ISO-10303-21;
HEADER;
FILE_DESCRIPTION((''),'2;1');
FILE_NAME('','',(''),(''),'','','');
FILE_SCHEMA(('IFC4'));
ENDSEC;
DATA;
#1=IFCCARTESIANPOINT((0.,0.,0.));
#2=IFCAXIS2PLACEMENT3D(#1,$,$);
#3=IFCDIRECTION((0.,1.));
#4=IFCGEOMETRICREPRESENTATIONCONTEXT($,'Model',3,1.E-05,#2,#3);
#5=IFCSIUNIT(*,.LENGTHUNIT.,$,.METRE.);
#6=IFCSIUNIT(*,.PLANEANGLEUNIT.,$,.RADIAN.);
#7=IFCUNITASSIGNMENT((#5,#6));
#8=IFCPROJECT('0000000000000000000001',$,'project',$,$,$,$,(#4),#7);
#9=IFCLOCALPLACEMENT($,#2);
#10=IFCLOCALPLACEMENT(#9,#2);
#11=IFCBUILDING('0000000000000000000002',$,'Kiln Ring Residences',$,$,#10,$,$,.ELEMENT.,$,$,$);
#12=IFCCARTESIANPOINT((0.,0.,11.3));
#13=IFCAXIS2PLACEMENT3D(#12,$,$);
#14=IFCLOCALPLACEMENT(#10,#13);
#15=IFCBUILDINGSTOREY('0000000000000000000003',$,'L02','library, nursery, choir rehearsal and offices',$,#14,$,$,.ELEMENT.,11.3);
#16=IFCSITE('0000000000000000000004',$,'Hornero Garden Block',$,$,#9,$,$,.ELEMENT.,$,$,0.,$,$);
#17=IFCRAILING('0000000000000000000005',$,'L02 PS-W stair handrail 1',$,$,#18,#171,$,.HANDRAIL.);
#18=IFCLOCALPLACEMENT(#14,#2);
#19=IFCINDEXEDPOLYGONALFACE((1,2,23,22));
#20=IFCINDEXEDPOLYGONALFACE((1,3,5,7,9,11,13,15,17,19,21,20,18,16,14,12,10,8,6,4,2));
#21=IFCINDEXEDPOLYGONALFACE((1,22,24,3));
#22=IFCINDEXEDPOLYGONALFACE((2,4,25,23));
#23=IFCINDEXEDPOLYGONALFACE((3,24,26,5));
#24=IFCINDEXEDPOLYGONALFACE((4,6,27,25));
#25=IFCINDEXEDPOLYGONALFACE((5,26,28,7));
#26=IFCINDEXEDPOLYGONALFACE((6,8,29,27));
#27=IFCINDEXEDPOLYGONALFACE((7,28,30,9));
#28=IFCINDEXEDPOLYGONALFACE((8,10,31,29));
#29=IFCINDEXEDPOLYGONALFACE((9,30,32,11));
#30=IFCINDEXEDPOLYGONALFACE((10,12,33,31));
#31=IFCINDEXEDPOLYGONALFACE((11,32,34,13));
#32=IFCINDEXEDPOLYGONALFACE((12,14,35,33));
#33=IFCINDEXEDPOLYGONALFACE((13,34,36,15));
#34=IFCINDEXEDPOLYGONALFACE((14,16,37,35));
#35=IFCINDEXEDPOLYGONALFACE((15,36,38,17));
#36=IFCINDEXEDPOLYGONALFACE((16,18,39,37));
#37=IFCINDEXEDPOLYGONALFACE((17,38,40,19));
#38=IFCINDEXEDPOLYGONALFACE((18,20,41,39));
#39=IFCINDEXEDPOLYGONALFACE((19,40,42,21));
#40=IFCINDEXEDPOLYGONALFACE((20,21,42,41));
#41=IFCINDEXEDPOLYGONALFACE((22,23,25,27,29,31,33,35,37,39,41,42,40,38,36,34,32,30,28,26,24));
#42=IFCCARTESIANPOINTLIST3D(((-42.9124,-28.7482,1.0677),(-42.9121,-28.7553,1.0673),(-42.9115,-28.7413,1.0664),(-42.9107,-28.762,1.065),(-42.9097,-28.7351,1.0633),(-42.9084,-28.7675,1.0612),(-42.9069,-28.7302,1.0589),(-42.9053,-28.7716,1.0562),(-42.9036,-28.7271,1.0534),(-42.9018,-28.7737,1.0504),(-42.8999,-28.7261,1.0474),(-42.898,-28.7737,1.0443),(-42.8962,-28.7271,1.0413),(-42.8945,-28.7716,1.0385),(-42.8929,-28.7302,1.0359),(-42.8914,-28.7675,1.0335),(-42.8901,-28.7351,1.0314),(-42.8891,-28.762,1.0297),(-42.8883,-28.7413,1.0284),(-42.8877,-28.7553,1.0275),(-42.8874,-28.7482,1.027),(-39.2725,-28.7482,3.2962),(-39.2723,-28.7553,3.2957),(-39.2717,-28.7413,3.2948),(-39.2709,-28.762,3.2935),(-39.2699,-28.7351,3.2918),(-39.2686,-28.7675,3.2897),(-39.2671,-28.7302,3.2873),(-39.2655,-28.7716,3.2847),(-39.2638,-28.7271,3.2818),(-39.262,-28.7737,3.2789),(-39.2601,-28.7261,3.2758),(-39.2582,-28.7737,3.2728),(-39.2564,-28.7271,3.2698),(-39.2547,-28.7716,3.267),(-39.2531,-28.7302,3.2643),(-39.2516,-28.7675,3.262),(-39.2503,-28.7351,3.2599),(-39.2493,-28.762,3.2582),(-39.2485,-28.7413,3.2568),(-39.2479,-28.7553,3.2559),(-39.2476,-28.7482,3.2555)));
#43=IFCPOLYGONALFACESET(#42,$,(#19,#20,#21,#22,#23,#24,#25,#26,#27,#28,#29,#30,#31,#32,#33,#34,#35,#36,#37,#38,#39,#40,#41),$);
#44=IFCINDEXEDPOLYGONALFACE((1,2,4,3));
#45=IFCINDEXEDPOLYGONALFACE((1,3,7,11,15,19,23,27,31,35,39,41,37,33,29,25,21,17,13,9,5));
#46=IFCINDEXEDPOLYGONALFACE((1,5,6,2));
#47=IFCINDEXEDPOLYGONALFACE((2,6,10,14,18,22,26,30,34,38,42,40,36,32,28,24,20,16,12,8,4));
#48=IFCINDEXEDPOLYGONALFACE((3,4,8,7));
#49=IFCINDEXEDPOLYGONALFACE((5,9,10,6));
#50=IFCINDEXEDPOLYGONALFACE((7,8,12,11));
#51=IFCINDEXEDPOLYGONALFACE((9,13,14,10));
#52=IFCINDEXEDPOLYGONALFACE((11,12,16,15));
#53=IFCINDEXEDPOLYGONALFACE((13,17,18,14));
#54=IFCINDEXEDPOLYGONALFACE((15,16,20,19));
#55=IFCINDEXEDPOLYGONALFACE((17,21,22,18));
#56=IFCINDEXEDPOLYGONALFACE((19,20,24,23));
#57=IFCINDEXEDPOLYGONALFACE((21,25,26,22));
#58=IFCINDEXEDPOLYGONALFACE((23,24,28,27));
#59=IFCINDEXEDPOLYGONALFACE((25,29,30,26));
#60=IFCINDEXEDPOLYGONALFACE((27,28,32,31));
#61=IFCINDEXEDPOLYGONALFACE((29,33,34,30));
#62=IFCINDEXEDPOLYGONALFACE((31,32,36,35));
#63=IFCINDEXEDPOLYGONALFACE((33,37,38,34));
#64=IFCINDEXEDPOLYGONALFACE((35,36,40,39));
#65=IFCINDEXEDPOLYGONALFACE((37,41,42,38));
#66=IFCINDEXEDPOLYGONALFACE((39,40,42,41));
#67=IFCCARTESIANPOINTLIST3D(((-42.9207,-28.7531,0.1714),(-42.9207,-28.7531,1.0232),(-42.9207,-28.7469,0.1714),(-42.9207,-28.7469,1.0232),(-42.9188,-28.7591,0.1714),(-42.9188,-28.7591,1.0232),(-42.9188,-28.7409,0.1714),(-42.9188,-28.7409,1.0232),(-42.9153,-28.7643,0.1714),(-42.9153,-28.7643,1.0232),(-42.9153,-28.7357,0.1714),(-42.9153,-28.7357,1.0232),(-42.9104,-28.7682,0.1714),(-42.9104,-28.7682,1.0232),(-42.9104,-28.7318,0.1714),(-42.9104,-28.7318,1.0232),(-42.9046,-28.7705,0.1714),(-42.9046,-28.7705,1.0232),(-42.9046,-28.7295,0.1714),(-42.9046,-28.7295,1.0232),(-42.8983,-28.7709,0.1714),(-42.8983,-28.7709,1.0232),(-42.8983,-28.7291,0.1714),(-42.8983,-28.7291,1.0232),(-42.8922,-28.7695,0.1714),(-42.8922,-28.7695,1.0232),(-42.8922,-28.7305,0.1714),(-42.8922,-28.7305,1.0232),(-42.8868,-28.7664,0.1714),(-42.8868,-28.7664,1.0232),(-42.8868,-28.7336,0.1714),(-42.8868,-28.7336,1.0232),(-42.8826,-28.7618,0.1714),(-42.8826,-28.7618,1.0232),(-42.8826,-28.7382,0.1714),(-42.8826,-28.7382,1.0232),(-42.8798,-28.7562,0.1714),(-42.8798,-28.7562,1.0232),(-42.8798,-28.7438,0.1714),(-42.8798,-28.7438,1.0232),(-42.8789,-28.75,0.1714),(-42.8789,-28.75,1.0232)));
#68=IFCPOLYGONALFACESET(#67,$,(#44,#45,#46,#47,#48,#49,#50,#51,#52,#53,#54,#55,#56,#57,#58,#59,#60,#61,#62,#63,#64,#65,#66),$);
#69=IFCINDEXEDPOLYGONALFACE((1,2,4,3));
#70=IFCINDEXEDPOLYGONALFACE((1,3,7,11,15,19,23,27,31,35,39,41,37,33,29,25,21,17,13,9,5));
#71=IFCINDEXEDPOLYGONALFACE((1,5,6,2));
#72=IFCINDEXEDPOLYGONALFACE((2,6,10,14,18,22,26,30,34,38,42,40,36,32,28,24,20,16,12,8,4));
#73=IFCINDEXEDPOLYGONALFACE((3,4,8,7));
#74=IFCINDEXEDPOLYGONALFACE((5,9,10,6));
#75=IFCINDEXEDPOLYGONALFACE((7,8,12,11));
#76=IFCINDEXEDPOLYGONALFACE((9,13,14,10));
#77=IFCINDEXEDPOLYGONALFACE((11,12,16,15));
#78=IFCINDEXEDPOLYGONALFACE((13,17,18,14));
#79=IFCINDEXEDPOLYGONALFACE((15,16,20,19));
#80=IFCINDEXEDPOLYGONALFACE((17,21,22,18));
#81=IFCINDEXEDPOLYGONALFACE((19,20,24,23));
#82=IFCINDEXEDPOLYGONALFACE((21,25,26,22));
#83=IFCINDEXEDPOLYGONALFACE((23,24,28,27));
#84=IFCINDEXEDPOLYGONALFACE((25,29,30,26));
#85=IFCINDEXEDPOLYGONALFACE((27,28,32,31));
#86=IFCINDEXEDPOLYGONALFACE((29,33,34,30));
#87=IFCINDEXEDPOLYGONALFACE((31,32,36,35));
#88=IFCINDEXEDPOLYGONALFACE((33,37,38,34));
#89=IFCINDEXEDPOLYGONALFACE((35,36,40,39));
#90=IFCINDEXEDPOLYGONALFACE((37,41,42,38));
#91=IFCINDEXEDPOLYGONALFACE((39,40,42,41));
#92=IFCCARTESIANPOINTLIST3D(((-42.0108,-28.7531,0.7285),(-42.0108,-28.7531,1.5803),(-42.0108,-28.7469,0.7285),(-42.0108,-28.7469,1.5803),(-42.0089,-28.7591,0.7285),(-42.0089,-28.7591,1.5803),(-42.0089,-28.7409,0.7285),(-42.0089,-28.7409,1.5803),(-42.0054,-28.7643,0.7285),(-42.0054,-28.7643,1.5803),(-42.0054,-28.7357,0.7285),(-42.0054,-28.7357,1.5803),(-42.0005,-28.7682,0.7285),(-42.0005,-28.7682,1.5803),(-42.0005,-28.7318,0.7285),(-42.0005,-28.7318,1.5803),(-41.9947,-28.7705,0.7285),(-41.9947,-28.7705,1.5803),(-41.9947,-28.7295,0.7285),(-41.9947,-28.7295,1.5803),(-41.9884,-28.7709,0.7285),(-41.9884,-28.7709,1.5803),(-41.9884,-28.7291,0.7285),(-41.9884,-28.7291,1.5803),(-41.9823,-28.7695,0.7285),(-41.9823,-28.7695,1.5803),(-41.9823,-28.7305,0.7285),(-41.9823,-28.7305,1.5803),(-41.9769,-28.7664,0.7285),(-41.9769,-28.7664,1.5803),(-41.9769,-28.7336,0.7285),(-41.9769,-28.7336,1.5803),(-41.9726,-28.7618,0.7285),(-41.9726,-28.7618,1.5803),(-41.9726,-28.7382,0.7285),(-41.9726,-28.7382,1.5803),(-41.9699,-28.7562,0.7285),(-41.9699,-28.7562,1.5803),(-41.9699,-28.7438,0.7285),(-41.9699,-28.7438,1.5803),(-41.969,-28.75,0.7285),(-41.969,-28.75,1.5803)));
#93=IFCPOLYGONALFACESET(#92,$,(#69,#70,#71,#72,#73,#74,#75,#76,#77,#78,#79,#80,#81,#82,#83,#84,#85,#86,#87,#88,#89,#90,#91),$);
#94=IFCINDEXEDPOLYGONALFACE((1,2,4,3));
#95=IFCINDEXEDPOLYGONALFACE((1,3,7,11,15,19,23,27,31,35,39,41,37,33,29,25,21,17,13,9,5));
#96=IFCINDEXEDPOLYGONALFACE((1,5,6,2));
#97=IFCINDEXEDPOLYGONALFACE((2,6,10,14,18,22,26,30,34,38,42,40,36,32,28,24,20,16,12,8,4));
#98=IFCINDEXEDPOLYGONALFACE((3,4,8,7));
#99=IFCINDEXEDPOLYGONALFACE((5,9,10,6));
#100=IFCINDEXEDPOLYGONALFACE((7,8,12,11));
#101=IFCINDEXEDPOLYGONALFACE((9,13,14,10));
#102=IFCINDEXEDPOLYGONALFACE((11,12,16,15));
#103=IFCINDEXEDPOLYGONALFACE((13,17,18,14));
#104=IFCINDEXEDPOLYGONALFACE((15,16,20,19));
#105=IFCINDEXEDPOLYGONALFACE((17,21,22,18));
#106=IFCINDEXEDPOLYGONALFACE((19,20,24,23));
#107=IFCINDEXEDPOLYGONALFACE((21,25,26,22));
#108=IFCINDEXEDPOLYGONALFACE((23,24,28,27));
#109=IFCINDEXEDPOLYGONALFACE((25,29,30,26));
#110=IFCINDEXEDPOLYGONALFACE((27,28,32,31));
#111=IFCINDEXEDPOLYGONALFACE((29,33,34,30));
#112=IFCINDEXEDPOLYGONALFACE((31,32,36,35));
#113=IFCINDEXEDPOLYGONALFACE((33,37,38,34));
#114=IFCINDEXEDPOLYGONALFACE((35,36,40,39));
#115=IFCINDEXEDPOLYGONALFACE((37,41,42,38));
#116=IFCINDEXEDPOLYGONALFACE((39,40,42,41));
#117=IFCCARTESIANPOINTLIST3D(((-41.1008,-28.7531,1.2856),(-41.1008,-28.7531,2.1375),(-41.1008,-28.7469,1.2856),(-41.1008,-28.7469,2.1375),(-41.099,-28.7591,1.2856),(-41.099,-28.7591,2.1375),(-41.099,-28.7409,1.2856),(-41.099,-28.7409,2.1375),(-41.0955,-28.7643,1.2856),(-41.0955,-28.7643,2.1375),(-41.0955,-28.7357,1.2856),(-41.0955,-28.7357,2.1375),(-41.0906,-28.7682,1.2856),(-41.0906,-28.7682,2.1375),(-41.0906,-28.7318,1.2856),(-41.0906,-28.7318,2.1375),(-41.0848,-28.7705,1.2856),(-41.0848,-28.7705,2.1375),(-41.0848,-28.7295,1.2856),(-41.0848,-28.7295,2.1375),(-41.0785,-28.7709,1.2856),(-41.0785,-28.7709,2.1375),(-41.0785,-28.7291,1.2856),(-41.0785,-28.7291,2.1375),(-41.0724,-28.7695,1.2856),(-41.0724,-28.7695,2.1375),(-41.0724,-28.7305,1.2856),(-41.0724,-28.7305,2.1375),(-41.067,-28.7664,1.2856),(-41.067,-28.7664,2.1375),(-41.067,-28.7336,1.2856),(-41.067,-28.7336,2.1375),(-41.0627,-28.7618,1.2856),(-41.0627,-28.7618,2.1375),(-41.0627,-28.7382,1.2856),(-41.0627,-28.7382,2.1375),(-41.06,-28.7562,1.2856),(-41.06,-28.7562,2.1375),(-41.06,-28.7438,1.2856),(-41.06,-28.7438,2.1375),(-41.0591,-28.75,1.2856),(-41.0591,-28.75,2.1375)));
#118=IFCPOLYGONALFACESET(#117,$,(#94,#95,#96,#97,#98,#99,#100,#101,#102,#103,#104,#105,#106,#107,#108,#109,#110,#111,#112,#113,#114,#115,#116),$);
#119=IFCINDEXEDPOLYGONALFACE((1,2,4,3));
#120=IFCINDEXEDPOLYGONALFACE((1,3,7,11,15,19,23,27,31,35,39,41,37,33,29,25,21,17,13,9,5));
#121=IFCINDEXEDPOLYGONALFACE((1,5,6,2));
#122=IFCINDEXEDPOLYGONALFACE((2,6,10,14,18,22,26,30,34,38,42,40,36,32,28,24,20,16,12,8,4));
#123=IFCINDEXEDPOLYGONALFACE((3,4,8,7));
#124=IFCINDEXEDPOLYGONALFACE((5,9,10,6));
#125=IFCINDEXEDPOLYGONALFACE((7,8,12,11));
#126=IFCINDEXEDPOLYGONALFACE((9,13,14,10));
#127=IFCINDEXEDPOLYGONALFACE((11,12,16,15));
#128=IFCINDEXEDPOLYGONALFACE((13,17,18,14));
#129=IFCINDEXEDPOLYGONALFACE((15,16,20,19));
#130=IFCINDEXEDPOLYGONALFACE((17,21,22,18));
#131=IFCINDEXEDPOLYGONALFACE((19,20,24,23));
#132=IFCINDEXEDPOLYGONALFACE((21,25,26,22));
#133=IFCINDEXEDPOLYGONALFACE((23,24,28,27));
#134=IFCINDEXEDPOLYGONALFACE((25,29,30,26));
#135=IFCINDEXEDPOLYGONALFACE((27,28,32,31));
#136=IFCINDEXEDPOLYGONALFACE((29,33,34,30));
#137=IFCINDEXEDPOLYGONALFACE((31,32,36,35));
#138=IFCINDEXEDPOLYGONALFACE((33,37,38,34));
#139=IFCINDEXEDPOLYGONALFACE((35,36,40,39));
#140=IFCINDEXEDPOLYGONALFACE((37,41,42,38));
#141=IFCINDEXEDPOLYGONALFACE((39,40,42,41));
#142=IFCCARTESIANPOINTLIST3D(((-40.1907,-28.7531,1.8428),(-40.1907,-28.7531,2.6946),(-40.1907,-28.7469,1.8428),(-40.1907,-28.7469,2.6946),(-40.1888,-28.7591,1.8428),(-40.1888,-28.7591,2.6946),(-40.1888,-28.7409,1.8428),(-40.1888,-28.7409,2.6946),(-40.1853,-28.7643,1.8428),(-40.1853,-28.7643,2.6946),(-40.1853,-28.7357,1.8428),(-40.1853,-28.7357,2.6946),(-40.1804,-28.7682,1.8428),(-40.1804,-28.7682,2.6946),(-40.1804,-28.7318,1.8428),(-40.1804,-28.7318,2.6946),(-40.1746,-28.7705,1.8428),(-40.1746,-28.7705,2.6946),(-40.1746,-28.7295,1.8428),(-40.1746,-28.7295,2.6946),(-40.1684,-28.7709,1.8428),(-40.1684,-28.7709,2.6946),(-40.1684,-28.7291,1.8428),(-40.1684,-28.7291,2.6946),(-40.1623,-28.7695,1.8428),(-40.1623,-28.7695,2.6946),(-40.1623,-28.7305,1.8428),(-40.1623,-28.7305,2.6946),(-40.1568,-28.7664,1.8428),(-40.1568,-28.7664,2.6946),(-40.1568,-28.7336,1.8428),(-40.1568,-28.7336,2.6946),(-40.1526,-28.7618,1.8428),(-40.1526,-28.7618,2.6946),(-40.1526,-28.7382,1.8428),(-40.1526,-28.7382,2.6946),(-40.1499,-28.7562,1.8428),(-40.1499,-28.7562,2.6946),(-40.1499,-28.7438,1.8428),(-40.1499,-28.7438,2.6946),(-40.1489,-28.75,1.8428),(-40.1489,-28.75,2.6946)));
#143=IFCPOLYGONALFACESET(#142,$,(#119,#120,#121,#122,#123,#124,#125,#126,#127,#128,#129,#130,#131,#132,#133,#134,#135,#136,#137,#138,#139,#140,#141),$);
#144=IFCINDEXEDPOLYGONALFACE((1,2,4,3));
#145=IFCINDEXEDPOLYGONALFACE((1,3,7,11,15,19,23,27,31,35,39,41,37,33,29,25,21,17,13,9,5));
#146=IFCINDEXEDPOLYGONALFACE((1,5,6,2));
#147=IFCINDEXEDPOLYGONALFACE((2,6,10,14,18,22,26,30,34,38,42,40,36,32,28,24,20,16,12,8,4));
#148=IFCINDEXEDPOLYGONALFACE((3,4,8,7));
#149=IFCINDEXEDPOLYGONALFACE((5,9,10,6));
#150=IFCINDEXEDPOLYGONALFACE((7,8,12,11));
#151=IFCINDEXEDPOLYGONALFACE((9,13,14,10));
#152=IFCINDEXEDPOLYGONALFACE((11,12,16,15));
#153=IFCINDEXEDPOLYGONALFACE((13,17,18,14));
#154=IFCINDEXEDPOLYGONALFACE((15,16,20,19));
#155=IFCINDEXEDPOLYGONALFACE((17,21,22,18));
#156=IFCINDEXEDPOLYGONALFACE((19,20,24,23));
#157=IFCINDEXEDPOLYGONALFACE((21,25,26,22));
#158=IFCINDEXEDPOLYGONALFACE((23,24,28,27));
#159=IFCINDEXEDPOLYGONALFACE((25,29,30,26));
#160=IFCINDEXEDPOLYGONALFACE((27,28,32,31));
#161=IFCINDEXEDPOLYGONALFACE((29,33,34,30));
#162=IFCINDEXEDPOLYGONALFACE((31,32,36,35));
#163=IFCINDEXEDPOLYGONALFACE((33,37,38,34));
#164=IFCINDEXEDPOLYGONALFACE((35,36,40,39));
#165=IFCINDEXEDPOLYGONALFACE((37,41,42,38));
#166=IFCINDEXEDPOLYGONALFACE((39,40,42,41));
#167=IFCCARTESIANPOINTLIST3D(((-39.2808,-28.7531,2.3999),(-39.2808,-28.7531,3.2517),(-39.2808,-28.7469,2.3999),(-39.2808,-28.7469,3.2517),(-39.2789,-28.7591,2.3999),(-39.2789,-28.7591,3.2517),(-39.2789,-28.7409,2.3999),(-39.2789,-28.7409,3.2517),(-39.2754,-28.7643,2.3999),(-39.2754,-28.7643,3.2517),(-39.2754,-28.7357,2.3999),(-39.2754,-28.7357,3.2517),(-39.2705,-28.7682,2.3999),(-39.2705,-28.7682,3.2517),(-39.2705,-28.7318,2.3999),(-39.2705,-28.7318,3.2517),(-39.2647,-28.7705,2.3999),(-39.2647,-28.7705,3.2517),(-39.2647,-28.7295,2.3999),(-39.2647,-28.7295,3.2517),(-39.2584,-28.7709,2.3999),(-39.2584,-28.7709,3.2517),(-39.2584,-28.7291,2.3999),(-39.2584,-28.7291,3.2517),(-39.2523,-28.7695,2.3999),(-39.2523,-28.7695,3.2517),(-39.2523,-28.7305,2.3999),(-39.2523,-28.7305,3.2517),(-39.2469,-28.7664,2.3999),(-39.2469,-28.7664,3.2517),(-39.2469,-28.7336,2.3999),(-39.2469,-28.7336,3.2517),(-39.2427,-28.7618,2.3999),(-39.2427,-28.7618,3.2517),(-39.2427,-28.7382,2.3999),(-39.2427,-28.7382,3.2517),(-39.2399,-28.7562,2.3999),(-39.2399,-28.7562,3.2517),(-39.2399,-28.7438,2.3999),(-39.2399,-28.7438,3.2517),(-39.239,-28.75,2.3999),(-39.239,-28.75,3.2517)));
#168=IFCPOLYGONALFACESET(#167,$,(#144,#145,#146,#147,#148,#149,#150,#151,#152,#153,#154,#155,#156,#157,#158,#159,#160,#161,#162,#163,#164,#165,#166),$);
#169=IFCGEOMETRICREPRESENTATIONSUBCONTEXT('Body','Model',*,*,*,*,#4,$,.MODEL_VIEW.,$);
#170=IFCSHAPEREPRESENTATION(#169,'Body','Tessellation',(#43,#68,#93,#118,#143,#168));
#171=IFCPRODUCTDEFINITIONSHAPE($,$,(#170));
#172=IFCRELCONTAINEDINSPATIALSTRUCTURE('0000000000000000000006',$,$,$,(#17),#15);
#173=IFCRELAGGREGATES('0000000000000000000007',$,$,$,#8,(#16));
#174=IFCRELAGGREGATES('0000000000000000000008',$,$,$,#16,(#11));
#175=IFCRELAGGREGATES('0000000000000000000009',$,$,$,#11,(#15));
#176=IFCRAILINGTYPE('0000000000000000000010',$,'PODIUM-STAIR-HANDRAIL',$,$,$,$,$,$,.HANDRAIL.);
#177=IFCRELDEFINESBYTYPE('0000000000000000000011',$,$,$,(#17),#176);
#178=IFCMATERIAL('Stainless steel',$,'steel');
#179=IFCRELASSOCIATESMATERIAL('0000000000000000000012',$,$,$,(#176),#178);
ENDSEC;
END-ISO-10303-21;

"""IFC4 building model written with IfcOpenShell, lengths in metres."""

from ifc_helpers import new_model, si_unit, direction, frame, origin, origin_2d, place, context, subcontext, project, spatial, circle, extrude, material, type_object, element, save


model = new_model("IFC4")

# Units and contexts
model_context = context("Model", 3, precision=1e-05, world=origin(), true_north=direction((0.0, 1.0)))
body_context = subcontext(model_context, "Body", "Model", "MODEL_VIEW")
ifc_project = project(units=[si_unit("LENGTHUNIT", "METRE"), si_unit("PLANEANGLEUNIT", "RADIAN")], contexts=[model_context])

# Site, building, storey
site_placement = place(None, origin())
site = spatial("IfcSite", under=ifc_project, at=site_placement, Name="Hornero Garden Block", CompositionType="ELEMENT", RefElevation=0.0)
building_placement = place(site_placement, origin())
building = spatial("IfcBuilding", under=site, at=building_placement, Name="Kiln Ring Residences", CompositionType="ELEMENT")
storey_placement = place(building_placement, frame((0.0, 0.0, 11.3)))
storey = spatial("IfcBuildingStorey", under=building, at=storey_placement, Name="L02", Description="library, nursery, choir rehearsal and offices", CompositionType="ELEMENT", Elevation=11.3)

# Railing
ifc_material_1 = material(Name="Stainless steel", Category="steel")
railing_type_1 = type_object("IfcRailingType", Name="PODIUM-STAIR-HANDRAIL", PredefinedType="HANDRAIL", material=ifc_material_1)
railing_1_placement = place(storey_placement, frame((-42.8999, -28.75, 0.1714)))
element("IfcRailing", 1, at=railing_1_placement, inside=storey, type_object=railing_type_1, Name="L02 PS-W stair handrail 1", PredefinedType="HANDRAIL", context=body_context, shape_type="SweptSolid", body=[
    extrude(circle(Radius=0.0239, at=origin_2d()), frame((0.0, 0.0, 0.876), z_axis=(0.85285, 0.0, 0.522156), x_axis=(0.0, 1.0, 0.0)), (0.0, 0.0, 1.0), 4.2678),
    extrude(circle(Radius=0.021, at=origin_2d()), origin(), (0.0, 0.0, 1.0), 0.8518),
    extrude(circle(Radius=0.021, at=origin_2d()), frame((0.9099, 0.0, 0.5571)), (0.0, 0.0, 1.0), 0.8518),
    extrude(circle(Radius=0.021, at=origin_2d()), frame((1.8198, 0.0, 1.1143)), (0.0, 0.0, 1.0), 0.8518),
    extrude(circle(Radius=0.021, at=origin_2d()), frame((2.73, 0.0, 1.6714)), (0.0, 0.0, 1.0), 0.8518),
    extrude(circle(Radius=0.021, at=origin_2d()), frame((3.6399, 0.0, 2.2285)), (0.0, 0.0, 1.0), 0.8518),
])

save(model, "model.ifc")
